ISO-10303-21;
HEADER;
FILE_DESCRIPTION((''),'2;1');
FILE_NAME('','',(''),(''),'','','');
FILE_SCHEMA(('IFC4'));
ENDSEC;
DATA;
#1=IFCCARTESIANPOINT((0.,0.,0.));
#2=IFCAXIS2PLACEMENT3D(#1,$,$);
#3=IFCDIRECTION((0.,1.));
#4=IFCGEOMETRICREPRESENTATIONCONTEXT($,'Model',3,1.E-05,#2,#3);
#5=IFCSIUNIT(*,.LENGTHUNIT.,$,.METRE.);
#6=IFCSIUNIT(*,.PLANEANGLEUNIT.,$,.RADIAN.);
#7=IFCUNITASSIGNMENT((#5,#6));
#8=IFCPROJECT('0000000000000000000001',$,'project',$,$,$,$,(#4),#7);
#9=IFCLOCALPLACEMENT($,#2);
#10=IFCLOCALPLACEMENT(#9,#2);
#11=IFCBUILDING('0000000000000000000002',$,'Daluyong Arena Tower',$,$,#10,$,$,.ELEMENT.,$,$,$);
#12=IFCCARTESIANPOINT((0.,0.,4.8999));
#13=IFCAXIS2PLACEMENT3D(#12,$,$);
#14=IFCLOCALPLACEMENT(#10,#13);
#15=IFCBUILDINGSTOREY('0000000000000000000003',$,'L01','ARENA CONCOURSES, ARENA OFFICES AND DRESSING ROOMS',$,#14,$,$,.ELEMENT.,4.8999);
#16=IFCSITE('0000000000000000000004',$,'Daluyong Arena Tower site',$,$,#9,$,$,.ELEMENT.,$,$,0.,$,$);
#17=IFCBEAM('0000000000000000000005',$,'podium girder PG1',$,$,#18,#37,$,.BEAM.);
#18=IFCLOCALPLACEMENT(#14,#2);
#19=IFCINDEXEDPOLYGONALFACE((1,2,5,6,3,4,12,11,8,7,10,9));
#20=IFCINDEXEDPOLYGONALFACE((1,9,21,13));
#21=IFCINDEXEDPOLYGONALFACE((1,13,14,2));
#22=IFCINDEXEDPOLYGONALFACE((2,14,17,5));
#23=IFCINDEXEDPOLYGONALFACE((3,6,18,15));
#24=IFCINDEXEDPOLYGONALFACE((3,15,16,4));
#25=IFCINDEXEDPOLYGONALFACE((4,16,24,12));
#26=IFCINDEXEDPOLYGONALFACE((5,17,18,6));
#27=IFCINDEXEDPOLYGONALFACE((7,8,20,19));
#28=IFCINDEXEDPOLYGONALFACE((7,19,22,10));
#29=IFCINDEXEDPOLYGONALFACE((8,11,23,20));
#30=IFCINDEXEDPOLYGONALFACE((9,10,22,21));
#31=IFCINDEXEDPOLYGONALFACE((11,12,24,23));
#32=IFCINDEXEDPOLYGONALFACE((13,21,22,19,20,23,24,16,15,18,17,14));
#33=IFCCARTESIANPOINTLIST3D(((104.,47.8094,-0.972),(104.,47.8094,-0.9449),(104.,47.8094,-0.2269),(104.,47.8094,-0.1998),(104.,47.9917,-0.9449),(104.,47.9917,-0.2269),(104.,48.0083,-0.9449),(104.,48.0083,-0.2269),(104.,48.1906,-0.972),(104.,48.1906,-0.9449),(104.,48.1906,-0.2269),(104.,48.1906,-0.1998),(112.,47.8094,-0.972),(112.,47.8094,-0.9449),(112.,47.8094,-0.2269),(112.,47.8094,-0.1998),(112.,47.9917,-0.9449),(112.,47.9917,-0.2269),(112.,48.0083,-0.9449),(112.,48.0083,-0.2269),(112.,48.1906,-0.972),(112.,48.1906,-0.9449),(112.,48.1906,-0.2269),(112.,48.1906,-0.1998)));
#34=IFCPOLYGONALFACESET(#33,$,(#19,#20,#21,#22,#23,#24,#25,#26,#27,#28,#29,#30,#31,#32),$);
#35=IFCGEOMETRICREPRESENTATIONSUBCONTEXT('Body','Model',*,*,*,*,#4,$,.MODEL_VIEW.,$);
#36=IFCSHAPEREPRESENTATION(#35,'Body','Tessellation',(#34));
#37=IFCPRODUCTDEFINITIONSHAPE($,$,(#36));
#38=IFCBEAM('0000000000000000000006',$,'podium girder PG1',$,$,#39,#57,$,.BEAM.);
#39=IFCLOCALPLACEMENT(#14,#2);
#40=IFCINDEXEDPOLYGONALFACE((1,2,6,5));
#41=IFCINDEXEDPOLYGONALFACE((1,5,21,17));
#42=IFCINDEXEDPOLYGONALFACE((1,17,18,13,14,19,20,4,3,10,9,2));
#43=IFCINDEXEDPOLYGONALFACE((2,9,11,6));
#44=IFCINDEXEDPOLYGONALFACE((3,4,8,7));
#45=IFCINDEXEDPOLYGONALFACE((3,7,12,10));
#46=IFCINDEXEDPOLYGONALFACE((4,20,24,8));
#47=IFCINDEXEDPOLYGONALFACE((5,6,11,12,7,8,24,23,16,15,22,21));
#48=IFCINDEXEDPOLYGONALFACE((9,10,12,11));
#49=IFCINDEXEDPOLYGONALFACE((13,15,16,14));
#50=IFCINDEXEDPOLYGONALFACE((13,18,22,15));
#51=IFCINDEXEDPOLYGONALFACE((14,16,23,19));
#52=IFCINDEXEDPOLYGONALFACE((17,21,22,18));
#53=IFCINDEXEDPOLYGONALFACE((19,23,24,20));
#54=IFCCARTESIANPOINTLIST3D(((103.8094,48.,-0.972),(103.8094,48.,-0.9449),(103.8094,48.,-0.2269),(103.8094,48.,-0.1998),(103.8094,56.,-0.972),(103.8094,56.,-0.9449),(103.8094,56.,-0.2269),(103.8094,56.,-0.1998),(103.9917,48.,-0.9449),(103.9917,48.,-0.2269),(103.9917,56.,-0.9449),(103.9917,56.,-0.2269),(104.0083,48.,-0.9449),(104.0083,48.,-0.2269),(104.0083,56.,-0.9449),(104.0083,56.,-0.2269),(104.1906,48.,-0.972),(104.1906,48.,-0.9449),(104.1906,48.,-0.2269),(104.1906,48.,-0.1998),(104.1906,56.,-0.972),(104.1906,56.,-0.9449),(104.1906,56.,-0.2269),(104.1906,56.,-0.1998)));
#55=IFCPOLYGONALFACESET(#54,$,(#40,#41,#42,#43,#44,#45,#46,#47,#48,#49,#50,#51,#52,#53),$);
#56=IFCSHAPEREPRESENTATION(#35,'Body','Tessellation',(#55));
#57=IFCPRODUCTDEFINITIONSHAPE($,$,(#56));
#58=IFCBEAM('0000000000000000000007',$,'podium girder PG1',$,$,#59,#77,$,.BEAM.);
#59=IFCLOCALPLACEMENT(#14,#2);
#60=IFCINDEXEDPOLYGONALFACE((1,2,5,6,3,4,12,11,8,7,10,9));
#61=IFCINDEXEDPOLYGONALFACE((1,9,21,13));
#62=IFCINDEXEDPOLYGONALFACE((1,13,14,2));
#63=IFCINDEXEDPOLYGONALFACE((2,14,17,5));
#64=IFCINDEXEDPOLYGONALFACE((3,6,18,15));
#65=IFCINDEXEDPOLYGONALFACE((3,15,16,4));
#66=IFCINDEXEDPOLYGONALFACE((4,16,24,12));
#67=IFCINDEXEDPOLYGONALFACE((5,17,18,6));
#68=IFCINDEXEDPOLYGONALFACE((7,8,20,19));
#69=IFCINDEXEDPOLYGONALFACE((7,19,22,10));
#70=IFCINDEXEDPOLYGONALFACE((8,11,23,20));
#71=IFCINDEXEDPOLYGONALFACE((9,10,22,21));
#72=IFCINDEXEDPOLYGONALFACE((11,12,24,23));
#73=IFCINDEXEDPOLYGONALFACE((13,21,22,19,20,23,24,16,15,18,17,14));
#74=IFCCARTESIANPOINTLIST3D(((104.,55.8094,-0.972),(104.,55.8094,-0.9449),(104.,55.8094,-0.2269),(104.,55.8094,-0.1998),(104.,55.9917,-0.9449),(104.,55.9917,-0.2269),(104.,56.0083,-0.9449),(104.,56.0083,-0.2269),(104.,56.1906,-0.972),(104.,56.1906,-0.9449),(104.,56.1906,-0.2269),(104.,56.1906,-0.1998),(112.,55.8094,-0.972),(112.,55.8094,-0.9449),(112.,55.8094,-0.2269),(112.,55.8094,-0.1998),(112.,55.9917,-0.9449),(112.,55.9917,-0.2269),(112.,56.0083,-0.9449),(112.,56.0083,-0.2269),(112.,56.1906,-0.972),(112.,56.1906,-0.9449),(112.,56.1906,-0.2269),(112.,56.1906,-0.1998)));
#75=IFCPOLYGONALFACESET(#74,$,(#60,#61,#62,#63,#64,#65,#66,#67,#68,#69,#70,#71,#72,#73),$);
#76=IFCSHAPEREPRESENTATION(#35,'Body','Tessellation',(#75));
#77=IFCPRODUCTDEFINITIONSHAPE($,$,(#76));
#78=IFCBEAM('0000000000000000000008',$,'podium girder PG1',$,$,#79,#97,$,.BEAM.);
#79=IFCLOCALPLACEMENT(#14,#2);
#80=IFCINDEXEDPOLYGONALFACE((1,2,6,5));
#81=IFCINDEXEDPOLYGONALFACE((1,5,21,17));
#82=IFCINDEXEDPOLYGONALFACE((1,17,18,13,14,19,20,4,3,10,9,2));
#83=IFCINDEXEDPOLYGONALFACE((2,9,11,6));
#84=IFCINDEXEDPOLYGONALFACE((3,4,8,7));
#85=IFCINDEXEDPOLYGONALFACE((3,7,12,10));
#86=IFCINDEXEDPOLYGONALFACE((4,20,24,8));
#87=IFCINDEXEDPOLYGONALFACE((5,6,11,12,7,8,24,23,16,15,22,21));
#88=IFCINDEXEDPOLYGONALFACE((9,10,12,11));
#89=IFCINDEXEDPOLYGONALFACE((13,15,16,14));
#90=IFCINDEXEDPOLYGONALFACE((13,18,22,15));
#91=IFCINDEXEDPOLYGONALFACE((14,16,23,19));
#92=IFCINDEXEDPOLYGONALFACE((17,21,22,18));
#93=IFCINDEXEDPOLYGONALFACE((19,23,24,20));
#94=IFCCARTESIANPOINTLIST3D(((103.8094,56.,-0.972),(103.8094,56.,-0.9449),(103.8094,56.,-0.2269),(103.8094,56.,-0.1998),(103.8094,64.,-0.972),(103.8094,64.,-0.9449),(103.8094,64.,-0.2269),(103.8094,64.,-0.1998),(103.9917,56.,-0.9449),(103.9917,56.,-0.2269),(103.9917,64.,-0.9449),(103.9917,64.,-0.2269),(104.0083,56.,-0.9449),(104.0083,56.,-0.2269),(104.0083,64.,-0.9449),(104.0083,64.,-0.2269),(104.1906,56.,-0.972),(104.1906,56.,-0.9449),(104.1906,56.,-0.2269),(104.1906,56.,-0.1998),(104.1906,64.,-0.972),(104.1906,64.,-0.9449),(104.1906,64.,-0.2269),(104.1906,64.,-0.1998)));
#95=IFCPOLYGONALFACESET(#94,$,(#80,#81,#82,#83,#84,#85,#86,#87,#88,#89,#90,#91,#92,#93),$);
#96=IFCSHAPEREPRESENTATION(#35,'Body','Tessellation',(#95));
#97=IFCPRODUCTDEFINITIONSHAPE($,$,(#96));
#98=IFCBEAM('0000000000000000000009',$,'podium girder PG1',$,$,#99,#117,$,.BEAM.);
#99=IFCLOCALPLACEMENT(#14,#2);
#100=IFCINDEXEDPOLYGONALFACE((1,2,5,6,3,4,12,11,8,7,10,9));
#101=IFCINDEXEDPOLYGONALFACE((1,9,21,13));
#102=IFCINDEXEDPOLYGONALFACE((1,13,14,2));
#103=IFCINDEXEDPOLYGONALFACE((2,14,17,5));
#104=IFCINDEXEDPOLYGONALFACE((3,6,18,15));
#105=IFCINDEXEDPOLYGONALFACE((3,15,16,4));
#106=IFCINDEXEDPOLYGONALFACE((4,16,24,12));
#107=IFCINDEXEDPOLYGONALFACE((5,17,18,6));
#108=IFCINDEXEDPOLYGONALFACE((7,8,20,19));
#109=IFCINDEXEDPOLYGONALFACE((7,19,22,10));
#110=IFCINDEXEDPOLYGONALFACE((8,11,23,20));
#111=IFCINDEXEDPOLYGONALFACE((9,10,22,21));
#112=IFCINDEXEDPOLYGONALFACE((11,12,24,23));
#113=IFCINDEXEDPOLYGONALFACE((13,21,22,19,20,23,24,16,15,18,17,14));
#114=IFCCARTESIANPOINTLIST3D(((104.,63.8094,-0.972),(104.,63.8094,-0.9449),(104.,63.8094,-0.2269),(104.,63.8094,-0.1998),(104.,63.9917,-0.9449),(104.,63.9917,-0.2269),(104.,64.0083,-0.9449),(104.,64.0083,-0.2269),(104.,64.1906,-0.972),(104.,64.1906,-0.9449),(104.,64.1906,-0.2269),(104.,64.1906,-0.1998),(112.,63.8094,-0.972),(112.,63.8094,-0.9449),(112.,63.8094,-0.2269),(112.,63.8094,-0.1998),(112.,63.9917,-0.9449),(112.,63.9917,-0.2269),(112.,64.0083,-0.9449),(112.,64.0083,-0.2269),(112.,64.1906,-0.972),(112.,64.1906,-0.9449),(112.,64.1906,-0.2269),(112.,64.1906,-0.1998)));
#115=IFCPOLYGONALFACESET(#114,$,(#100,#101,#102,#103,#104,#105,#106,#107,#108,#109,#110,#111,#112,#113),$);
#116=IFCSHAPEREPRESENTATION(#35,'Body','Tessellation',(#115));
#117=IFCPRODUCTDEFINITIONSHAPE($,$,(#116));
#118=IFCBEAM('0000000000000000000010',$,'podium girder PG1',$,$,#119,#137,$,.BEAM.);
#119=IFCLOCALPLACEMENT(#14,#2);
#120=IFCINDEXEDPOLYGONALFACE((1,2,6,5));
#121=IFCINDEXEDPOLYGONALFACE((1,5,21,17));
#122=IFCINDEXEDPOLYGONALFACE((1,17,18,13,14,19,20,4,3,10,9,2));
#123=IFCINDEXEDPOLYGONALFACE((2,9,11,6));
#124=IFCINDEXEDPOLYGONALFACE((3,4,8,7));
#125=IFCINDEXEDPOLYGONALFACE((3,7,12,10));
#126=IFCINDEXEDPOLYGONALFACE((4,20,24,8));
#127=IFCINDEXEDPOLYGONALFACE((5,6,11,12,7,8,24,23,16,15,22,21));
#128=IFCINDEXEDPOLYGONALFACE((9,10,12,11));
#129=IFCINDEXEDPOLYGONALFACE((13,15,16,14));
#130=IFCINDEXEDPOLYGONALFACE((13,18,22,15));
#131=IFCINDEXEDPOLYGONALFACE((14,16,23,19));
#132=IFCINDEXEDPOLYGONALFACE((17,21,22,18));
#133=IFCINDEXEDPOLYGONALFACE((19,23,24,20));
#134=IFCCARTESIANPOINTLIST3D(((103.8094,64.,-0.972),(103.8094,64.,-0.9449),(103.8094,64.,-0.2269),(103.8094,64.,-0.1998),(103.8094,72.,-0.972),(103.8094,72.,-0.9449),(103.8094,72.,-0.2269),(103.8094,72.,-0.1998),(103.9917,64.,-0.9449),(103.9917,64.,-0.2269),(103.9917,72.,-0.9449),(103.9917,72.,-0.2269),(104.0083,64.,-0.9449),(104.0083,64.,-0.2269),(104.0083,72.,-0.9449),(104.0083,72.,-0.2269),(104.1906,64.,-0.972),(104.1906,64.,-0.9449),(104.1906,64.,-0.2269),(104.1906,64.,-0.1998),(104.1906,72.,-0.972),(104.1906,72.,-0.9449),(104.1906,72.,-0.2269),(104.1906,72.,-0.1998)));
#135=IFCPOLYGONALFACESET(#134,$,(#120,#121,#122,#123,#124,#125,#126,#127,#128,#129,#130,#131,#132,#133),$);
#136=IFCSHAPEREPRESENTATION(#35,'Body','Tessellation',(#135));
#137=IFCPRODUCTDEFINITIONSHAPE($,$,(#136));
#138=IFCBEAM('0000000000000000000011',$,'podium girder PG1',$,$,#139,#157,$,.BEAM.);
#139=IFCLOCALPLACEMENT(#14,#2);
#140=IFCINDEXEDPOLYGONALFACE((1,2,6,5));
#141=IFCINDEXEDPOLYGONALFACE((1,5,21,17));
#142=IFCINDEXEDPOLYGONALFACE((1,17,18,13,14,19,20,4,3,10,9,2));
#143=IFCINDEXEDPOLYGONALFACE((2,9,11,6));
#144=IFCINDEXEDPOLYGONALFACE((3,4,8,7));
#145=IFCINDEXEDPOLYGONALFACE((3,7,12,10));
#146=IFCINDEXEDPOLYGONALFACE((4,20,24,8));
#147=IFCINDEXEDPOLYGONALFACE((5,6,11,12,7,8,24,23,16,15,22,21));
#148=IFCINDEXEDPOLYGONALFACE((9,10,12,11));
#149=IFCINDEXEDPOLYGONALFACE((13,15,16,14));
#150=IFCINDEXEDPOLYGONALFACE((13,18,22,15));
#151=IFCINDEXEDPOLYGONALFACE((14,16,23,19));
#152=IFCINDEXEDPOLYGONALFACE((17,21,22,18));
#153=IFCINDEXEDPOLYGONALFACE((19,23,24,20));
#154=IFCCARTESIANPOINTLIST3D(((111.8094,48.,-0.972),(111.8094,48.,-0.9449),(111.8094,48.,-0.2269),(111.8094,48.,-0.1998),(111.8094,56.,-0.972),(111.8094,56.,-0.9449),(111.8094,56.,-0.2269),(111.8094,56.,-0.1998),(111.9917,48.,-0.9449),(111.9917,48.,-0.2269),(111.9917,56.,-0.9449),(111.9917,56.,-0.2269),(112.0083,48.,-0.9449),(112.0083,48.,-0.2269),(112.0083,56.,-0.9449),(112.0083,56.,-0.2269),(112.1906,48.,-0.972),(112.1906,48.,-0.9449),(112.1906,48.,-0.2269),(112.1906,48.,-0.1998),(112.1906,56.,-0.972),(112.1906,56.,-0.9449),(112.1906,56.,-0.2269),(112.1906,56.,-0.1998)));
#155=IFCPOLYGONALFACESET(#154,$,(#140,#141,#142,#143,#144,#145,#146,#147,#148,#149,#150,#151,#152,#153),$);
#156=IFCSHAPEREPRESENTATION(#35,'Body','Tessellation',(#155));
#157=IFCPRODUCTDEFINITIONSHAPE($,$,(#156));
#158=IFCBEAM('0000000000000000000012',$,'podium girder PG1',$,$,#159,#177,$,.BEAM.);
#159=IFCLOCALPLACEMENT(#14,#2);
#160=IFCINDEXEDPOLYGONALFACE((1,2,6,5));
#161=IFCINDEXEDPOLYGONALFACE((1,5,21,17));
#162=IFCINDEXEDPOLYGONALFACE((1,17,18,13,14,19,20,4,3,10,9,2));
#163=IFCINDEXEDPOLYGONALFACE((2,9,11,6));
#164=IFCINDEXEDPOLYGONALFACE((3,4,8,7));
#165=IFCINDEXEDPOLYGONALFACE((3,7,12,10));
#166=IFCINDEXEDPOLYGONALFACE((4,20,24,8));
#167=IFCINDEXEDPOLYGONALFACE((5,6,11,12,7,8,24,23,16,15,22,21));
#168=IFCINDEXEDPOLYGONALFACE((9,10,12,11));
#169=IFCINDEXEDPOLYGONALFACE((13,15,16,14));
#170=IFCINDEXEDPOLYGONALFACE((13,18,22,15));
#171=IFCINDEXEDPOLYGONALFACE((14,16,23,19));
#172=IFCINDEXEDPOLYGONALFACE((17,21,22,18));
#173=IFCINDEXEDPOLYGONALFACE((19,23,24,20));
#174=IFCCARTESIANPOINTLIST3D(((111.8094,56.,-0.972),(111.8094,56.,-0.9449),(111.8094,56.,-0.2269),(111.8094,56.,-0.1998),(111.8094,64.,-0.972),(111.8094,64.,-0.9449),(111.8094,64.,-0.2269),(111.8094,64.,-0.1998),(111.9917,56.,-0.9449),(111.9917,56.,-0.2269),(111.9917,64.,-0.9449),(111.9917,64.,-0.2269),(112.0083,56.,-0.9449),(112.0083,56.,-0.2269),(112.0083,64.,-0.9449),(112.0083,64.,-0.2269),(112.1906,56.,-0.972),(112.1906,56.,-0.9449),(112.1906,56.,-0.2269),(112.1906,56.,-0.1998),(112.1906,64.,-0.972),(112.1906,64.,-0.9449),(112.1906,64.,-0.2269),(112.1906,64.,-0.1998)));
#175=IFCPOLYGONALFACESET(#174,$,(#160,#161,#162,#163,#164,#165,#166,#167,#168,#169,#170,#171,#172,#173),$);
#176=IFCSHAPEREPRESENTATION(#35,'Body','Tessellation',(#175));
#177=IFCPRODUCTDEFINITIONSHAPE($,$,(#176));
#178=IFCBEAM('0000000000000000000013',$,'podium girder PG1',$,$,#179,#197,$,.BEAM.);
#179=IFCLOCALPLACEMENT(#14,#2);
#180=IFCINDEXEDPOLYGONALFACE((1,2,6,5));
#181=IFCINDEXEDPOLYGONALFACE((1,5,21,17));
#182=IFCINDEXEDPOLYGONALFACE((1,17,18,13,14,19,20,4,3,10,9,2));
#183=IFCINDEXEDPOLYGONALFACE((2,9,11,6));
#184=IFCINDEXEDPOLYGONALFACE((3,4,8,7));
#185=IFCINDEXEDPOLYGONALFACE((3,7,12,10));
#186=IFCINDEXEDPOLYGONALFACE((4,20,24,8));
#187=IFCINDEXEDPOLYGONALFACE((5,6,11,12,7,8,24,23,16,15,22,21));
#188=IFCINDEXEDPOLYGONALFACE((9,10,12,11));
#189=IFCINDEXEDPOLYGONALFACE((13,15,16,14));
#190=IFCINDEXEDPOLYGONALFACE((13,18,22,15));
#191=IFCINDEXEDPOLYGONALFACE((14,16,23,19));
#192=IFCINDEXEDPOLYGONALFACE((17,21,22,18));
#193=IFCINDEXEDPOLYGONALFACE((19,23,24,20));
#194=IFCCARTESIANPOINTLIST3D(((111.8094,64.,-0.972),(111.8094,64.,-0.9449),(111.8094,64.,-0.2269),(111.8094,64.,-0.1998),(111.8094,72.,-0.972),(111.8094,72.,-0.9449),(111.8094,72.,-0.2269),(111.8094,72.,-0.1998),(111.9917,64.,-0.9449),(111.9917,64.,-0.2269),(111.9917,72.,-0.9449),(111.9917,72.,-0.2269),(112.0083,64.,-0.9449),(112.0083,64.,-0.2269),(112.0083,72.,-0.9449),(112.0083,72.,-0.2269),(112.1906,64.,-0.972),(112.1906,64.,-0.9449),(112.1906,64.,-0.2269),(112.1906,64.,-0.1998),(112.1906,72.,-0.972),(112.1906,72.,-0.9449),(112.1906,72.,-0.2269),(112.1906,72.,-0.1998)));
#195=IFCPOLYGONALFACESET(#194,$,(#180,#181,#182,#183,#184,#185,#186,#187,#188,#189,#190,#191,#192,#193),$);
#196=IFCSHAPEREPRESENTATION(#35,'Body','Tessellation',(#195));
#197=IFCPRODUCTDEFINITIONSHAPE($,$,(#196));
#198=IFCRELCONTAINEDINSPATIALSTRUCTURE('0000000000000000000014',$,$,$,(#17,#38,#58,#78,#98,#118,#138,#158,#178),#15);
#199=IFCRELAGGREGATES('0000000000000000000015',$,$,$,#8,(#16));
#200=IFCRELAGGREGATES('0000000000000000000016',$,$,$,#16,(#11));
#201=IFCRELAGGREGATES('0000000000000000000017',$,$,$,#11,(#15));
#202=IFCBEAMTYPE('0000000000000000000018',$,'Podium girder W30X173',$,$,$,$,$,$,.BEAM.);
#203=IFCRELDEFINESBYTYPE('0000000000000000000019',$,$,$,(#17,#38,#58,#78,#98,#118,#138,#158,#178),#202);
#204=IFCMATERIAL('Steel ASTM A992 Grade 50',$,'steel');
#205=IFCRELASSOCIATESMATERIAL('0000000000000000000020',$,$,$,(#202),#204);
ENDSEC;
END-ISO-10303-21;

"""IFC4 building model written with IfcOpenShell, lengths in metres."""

from ifc_helpers import new_model, si_unit, direction, frame, origin, origin_2d, place, context, subcontext, project, spatial, i_section, extrude, material, material_profile, profile_set, type_object, element, save


model = new_model("IFC4")

# Units and contexts
model_context = context("Model", 3, precision=1e-05, world=origin(), true_north=direction((0.0, 1.0)))
body_context = subcontext(model_context, "Body", "Model", "MODEL_VIEW")
ifc_project = project(units=[si_unit("LENGTHUNIT", "METRE"), si_unit("PLANEANGLEUNIT", "RADIAN")], contexts=[model_context])

# Site, building, storey
site_placement = place(None, origin())
site = spatial("IfcSite", under=ifc_project, at=site_placement, Name="Daluyong Arena Tower site", CompositionType="ELEMENT", RefElevation=0.0)
building_placement = place(site_placement, origin())
building = spatial("IfcBuilding", under=site, at=building_placement, Name="Daluyong Arena Tower", CompositionType="ELEMENT")
storey_placement = place(building_placement, frame((0.0, 0.0, 4.8999)))
storey = spatial("IfcBuildingStorey", under=building, at=storey_placement, Name="L01", Description="ARENA CONCOURSES, ARENA OFFICES AND DRESSING ROOMS", CompositionType="ELEMENT", Elevation=4.8999)

# Beams
ifc_material_1 = material(Name="Steel ASTM A992 Grade 50", Category="steel")
ifc_material_profile_1 = material_profile(ifc_material_1, i_section(OverallWidth=0.3811, OverallDepth=0.7722, WebThickness=0.0166, FlangeThickness=0.0271, at=origin_2d()))
ifc_profile_set_1 = profile_set([ifc_material_profile_1], Name="Steel ASTM A992 Grade 50")
beam_type_1 = type_object("IfcBeamType", Name="Podium girder W30X173", PredefinedType="BEAM", material=ifc_profile_set_1)
for number, where, z_axis, x_axis, name in (
    (1, (104.0, 48.0, -0.5859), (1.0, 0.0, 0.0), (0.0, 1.0, 0.0), "podium girder PG1"),
    (2, (104.0, 48.0, -0.5859), (0.0, 1.0, 0.0), (-1.0, 0.0, 0.0), "podium girder PG1"),
    (3, (104.0, 56.0, -0.5859), (1.0, 0.0, 0.0), (0.0, 1.0, 0.0), "podium girder PG1"),
    (4, (104.0, 56.0, -0.5859), (0.0, 1.0, 0.0), (-1.0, 0.0, 0.0), "podium girder PG1"),
    (5, (104.0, 64.0, -0.5859), (1.0, 0.0, 0.0), (0.0, 1.0, 0.0), "podium girder PG1"),
    (6, (104.0, 64.0, -0.5859), (0.0, 1.0, 0.0), (-1.0, 0.0, 0.0), "podium girder PG1"),
    (7, (112.0, 48.0, -0.5859), (0.0, 1.0, 0.0), (-1.0, 0.0, 0.0), "podium girder PG1"),
    (8, (112.0, 56.0, -0.5859), (0.0, 1.0, 0.0), (-1.0, 0.0, 0.0), "podium girder PG1"),
    (9, (112.0, 64.0, -0.5859), (0.0, 1.0, 0.0), (-1.0, 0.0, 0.0), "podium girder PG1"),
):
    element("IfcBeam", number, at=place(storey_placement, frame(where, z_axis=z_axis, x_axis=x_axis)), inside=storey, type_object=beam_type_1, Name=name, PredefinedType="BEAM", context=body_context, shape_type="SweptSolid", body=[
        extrude(i_section(OverallWidth=0.3811, OverallDepth=0.7722, WebThickness=0.0166, FlangeThickness=0.0271, at=origin_2d()), origin(), (0.0, 0.0, 1.0), 8.0),
    ])

save(model, "model.ifc")
